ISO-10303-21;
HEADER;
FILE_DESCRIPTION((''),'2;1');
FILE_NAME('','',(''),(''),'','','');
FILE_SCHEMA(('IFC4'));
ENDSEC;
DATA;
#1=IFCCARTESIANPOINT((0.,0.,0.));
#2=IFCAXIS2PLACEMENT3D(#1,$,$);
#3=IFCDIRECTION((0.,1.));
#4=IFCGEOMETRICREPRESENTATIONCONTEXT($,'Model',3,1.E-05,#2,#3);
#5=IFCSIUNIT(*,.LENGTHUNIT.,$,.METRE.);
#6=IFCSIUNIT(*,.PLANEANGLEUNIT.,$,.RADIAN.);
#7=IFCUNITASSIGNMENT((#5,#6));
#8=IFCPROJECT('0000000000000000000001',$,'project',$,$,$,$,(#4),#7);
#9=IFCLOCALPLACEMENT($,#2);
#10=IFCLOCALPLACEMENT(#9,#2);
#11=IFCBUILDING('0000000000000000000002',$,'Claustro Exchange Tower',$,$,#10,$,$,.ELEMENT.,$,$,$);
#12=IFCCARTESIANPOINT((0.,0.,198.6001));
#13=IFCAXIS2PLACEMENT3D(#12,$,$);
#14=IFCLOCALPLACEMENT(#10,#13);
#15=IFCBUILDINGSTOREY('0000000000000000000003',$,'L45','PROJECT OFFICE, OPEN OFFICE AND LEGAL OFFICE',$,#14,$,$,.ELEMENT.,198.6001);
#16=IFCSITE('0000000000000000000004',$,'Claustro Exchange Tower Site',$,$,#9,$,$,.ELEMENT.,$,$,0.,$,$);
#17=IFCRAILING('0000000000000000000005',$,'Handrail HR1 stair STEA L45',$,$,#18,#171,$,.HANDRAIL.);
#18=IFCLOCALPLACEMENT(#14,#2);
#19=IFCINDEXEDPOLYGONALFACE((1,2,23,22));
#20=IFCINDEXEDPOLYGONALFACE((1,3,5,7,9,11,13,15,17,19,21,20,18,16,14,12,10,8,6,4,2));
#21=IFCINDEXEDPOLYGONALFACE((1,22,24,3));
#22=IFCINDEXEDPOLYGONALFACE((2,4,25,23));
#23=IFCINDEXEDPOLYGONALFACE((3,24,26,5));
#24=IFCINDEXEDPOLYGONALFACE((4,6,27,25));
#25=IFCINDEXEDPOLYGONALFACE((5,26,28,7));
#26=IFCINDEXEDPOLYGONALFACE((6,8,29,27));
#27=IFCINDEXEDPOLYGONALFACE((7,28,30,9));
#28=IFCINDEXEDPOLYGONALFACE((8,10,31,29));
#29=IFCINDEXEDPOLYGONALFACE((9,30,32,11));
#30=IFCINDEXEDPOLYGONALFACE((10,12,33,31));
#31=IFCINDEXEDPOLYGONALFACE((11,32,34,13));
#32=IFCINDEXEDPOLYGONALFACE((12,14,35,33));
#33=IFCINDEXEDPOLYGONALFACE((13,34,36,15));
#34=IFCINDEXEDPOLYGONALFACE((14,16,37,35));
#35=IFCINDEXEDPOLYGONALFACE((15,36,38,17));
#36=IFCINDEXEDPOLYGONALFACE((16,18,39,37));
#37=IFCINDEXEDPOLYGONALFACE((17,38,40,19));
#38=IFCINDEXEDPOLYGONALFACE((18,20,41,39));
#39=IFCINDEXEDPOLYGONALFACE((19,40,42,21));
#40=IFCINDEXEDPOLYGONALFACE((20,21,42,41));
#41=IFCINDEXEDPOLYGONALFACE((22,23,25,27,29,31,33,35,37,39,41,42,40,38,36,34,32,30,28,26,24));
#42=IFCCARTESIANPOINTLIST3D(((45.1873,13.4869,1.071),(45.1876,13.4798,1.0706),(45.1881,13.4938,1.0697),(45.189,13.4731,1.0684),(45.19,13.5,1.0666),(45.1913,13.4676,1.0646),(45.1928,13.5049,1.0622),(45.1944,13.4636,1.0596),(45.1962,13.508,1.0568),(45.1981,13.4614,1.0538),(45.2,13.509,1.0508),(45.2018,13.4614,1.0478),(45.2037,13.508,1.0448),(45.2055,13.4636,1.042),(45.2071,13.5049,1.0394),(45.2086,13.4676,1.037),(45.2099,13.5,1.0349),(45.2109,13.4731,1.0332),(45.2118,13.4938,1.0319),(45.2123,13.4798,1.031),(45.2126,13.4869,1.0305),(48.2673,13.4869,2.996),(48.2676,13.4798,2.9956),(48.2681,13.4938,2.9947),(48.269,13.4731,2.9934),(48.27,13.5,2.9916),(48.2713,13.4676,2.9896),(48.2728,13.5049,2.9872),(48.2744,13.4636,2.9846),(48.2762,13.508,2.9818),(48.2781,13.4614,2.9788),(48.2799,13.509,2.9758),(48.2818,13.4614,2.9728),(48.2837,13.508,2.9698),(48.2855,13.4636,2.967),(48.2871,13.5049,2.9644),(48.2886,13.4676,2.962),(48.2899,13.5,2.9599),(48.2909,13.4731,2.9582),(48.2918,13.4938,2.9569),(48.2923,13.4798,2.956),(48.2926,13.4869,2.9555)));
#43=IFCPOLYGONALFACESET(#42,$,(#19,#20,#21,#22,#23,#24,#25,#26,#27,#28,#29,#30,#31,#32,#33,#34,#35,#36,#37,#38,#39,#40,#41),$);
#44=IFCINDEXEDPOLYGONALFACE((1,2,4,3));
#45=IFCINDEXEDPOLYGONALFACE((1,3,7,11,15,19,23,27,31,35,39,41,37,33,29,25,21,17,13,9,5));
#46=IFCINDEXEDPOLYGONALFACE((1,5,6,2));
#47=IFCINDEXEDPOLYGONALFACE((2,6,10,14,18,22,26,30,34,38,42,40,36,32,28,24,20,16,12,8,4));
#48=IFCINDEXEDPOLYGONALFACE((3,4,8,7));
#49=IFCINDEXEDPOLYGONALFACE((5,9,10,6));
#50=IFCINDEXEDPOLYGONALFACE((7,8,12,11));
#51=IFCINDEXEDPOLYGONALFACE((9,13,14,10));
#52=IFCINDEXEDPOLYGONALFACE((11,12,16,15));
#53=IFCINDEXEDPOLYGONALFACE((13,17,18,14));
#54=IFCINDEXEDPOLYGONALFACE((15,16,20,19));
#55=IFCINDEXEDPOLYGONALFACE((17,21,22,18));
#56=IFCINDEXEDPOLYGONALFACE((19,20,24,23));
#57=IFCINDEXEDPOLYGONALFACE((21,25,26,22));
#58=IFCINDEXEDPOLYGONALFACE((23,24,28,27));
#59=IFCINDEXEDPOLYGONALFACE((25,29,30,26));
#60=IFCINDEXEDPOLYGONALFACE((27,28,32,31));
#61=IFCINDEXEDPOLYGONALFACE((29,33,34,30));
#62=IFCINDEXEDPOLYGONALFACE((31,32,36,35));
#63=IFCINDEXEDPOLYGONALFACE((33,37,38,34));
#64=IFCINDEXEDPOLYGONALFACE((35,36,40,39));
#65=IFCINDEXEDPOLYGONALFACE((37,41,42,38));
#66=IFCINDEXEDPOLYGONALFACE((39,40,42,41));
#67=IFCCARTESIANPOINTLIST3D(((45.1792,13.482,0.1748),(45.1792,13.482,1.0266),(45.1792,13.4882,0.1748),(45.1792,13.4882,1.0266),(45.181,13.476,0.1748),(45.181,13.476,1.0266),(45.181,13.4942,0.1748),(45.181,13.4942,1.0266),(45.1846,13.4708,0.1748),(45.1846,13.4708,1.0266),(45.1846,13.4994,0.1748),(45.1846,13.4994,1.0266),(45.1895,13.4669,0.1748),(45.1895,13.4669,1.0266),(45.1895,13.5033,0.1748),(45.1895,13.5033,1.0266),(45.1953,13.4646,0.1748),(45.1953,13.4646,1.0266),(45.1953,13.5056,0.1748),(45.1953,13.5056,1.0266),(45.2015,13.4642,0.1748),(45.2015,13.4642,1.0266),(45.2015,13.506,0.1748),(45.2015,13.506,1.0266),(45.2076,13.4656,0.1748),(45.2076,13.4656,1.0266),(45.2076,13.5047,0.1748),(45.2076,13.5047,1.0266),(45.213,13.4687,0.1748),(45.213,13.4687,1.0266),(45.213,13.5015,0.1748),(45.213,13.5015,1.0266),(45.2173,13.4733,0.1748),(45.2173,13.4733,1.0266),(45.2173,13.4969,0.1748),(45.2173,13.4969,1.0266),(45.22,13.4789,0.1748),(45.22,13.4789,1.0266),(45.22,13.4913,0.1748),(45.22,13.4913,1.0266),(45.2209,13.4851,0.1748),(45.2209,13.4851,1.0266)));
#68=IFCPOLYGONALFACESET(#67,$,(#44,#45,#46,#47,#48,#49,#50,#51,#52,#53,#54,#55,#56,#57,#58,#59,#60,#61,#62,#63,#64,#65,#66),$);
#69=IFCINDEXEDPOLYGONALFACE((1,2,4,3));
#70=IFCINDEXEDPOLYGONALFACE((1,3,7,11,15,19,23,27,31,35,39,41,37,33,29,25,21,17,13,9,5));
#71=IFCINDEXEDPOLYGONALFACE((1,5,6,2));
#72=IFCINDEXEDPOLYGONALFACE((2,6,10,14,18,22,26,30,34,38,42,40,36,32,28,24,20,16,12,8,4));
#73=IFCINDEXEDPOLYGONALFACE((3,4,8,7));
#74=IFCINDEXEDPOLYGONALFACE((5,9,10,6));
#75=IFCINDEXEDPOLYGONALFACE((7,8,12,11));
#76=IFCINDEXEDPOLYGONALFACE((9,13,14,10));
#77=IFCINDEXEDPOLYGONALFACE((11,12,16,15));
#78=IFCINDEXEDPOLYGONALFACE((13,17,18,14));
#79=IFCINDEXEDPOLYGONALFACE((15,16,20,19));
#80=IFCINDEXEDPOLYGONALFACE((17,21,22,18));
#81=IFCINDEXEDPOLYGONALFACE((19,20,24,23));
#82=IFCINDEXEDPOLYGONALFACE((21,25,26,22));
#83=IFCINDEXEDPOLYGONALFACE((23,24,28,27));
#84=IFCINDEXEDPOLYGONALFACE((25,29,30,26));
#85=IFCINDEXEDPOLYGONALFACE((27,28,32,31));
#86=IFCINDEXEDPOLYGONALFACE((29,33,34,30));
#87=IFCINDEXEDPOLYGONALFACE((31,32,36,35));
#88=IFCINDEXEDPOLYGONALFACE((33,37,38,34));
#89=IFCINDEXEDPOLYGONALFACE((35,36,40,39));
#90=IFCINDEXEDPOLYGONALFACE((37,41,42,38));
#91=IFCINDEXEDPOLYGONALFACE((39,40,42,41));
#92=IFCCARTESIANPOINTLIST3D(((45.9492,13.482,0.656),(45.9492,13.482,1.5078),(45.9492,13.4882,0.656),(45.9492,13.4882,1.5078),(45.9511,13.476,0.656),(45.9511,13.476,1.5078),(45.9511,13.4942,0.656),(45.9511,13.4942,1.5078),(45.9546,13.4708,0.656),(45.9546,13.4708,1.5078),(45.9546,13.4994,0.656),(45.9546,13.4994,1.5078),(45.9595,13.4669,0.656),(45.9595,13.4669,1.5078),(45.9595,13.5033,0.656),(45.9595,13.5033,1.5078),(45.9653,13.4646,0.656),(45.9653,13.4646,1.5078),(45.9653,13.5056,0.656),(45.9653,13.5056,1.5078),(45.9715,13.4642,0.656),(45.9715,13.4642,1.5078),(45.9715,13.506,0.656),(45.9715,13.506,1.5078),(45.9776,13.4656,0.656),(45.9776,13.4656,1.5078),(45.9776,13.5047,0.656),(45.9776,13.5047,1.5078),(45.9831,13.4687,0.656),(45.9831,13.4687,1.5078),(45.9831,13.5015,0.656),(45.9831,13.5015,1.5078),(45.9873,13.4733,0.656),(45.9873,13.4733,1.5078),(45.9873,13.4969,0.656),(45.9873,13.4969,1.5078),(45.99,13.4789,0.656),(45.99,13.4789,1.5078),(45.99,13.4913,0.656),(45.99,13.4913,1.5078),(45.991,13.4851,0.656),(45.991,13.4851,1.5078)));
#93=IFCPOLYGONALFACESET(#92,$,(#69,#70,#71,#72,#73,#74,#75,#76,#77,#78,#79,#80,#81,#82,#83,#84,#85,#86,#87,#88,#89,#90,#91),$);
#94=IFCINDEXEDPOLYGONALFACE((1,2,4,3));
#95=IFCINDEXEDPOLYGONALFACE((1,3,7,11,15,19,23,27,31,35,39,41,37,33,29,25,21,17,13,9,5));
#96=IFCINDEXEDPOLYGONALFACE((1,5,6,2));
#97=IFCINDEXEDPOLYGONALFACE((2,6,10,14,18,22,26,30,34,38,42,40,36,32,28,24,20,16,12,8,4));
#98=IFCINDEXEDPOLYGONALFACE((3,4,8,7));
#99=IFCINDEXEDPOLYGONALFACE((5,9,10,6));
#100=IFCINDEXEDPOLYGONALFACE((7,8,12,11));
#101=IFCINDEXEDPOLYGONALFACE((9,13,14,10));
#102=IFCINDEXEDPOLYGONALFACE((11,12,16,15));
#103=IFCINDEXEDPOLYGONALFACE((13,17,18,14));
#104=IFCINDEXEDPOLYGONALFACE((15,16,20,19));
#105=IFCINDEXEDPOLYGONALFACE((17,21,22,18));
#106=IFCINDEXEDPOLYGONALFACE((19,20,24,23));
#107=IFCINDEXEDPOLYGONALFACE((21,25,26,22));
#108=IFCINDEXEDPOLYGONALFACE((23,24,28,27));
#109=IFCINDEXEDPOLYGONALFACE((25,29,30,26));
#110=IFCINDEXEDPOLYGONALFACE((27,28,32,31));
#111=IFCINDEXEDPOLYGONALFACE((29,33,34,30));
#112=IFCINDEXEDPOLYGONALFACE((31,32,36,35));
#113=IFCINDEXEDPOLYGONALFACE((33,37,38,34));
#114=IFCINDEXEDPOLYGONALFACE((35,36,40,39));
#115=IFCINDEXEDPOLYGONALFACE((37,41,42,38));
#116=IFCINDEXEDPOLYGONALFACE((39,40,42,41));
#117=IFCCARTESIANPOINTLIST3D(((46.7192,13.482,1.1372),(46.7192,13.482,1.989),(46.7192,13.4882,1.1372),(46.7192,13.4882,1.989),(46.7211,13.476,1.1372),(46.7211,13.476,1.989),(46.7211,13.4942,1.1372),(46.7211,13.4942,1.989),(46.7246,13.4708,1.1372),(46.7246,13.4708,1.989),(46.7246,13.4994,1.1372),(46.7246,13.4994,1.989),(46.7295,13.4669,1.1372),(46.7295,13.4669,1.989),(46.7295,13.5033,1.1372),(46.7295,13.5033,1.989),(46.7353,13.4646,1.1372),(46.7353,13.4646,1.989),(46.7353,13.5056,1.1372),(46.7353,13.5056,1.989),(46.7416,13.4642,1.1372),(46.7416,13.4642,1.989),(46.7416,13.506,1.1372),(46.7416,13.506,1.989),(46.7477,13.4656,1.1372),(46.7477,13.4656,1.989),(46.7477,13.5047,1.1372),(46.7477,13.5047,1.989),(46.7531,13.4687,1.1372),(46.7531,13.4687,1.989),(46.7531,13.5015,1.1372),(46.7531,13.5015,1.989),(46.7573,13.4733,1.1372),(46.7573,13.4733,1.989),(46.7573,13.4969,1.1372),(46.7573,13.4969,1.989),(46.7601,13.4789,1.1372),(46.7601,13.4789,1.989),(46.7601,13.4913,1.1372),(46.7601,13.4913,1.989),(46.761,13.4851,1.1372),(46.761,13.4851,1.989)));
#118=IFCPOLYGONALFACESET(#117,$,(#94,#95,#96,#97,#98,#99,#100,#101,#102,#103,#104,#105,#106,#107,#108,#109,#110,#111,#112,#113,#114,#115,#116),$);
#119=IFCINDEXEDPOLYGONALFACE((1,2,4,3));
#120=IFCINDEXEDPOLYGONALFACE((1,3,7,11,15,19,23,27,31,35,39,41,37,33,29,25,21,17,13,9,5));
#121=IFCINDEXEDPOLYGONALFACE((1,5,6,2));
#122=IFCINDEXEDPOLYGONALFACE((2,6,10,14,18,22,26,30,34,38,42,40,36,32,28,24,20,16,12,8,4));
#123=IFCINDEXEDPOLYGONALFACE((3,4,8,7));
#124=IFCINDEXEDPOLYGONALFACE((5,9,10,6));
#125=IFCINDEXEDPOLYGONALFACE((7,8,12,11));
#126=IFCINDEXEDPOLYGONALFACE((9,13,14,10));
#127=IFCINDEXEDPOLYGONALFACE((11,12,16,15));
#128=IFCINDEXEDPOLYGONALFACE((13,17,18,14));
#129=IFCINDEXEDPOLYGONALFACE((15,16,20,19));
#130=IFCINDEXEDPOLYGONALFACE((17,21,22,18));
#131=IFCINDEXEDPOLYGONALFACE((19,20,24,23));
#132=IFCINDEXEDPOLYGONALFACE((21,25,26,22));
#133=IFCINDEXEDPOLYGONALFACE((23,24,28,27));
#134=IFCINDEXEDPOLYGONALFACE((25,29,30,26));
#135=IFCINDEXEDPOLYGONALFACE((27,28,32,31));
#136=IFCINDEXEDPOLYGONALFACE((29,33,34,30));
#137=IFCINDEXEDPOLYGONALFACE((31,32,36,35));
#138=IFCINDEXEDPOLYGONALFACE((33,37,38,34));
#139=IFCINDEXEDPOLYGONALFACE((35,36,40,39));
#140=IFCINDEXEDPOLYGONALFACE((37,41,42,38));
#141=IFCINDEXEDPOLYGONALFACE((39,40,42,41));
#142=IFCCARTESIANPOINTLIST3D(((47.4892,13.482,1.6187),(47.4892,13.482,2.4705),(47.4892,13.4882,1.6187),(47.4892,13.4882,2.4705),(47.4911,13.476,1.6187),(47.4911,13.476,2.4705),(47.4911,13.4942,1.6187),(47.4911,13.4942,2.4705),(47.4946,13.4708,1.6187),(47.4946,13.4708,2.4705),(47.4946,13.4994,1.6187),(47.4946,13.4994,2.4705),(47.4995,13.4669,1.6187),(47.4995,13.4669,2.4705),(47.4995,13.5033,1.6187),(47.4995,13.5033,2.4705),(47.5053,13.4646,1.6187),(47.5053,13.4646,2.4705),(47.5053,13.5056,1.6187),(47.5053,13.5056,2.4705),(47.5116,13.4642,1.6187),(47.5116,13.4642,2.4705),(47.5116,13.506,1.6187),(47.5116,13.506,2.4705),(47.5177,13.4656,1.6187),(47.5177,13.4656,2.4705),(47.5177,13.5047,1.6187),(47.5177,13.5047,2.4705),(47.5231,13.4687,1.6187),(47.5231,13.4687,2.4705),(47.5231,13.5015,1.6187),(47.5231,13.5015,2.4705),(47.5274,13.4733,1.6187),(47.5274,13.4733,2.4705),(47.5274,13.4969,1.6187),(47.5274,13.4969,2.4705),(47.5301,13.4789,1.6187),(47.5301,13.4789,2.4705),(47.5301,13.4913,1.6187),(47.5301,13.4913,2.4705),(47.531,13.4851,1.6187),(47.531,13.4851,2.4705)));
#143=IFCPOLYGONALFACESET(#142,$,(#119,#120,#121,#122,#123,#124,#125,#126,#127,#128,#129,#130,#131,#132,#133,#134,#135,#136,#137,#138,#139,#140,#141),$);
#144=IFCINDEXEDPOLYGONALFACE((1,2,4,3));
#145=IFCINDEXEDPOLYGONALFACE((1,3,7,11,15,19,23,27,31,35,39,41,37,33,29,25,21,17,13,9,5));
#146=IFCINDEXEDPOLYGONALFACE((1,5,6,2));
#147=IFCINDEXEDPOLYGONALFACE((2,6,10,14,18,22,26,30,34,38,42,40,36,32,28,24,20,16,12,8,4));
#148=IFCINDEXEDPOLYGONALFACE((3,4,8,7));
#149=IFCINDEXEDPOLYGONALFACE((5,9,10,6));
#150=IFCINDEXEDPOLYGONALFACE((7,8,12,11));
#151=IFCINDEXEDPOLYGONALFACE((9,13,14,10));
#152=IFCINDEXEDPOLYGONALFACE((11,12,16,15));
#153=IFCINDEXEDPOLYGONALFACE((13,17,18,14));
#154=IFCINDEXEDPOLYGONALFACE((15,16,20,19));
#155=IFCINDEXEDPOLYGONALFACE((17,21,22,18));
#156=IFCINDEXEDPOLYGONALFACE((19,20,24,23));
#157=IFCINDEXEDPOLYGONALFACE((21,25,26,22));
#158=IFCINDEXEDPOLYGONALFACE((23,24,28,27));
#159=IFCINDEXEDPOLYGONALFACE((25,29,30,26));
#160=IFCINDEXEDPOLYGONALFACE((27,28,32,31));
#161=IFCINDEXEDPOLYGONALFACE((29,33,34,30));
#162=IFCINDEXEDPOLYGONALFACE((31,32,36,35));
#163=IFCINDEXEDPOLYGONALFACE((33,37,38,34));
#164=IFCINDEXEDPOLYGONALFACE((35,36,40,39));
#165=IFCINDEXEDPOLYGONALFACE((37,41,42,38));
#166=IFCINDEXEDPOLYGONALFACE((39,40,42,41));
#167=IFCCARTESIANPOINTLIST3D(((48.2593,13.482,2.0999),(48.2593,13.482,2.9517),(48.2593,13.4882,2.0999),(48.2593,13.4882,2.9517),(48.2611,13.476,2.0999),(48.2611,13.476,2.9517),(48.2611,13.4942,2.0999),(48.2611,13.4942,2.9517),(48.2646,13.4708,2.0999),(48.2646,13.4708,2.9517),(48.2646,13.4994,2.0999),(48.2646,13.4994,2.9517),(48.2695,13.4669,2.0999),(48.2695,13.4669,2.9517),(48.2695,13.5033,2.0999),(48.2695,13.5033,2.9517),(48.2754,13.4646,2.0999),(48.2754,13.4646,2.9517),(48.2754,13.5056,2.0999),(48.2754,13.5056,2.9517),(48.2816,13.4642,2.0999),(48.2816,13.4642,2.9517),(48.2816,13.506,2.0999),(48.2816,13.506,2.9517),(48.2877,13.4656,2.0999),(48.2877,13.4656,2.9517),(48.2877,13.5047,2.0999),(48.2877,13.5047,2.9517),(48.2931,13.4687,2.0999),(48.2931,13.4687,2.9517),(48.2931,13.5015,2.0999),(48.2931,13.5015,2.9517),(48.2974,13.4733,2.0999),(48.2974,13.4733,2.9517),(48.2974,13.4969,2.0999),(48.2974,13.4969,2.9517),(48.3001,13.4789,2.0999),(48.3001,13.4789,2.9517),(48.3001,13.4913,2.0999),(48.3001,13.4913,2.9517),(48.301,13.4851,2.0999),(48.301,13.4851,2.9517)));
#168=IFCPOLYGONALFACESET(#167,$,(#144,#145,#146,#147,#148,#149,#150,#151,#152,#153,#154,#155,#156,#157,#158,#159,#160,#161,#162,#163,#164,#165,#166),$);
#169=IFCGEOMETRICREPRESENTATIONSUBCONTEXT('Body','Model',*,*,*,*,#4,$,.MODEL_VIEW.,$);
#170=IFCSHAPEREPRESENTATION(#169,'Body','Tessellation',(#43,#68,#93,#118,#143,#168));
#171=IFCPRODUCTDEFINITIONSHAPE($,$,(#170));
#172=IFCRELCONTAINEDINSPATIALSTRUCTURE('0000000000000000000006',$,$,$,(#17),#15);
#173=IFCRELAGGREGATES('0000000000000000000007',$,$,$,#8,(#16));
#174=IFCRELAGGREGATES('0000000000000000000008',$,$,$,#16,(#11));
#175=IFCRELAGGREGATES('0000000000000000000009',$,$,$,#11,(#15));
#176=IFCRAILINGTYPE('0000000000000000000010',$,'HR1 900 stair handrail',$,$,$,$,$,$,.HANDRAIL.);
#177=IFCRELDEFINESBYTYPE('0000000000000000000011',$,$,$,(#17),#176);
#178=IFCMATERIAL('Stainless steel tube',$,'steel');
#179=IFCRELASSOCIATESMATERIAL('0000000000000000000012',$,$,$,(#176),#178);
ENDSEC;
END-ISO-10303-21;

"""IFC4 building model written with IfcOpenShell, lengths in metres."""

from ifc_helpers import new_model, si_unit, direction, frame, origin, origin_2d, place, context, subcontext, project, spatial, circle, extrude, material, type_object, element, save


model = new_model("IFC4")

# Units and contexts
model_context = context("Model", 3, precision=1e-05, world=origin(), true_north=direction((0.0, 1.0)))
body_context = subcontext(model_context, "Body", "Model", "MODEL_VIEW")
ifc_project = project(units=[si_unit("LENGTHUNIT", "METRE"), si_unit("PLANEANGLEUNIT", "RADIAN")], contexts=[model_context])

# Site, building, storey
site_placement = place(None, origin())
site = spatial("IfcSite", under=ifc_project, at=site_placement, Name="Claustro Exchange Tower Site", CompositionType="ELEMENT", RefElevation=0.0)
building_placement = place(site_placement, origin())
building = spatial("IfcBuilding", under=site, at=building_placement, Name="Claustro Exchange Tower", CompositionType="ELEMENT")
storey_placement = place(building_placement, frame((0.0, 0.0, 198.6001)))
storey = spatial("IfcBuildingStorey", under=building, at=storey_placement, Name="L45", Description="PROJECT OFFICE, OPEN OFFICE AND LEGAL OFFICE", CompositionType="ELEMENT", Elevation=198.6001)

# Railing
ifc_material_1 = material(Name="Stainless steel tube", Category="steel")
railing_type = type_object("IfcRailingType", Name="HR1 900 stair handrail", PredefinedType="HANDRAIL", material=ifc_material_1)
railing_placement = place(storey_placement, frame((45.2, 13.4851, 0.1748)))
element("IfcRailing", 1, at=railing_placement, inside=storey, type_object=railing_type, Name="Handrail HR1 stair STEA L45", PredefinedType="HANDRAIL", context=body_context, shape_type="SweptSolid", body=[
    extrude(circle(Radius=0.0239, at=origin_2d()), frame((0.0, 0.0, 0.876), z_axis=(0.847998, 0.0, 0.529999), x_axis=(0.0, 1.0, 0.0)), (0.0, 0.0, 1.0), 3.6321),
    extrude(circle(Radius=0.021, at=origin_2d()), origin(), (0.0, 0.0, 1.0), 0.8518),
    extrude(circle(Radius=0.021, at=origin_2d()), frame((0.77, 0.0, 0.4812)), (0.0, 0.0, 1.0), 0.8518),
    extrude(circle(Radius=0.021, at=origin_2d()), frame((1.54, 0.0, 0.9624)), (0.0, 0.0, 1.0), 0.8518),
    extrude(circle(Radius=0.021, at=origin_2d()), frame((2.3101, 0.0, 1.4438)), (0.0, 0.0, 1.0), 0.8518),
    extrude(circle(Radius=0.021, at=origin_2d()), frame((3.0801, 0.0, 1.925)), (0.0, 0.0, 1.0), 0.8518),
])

save(model, "model.ifc")
